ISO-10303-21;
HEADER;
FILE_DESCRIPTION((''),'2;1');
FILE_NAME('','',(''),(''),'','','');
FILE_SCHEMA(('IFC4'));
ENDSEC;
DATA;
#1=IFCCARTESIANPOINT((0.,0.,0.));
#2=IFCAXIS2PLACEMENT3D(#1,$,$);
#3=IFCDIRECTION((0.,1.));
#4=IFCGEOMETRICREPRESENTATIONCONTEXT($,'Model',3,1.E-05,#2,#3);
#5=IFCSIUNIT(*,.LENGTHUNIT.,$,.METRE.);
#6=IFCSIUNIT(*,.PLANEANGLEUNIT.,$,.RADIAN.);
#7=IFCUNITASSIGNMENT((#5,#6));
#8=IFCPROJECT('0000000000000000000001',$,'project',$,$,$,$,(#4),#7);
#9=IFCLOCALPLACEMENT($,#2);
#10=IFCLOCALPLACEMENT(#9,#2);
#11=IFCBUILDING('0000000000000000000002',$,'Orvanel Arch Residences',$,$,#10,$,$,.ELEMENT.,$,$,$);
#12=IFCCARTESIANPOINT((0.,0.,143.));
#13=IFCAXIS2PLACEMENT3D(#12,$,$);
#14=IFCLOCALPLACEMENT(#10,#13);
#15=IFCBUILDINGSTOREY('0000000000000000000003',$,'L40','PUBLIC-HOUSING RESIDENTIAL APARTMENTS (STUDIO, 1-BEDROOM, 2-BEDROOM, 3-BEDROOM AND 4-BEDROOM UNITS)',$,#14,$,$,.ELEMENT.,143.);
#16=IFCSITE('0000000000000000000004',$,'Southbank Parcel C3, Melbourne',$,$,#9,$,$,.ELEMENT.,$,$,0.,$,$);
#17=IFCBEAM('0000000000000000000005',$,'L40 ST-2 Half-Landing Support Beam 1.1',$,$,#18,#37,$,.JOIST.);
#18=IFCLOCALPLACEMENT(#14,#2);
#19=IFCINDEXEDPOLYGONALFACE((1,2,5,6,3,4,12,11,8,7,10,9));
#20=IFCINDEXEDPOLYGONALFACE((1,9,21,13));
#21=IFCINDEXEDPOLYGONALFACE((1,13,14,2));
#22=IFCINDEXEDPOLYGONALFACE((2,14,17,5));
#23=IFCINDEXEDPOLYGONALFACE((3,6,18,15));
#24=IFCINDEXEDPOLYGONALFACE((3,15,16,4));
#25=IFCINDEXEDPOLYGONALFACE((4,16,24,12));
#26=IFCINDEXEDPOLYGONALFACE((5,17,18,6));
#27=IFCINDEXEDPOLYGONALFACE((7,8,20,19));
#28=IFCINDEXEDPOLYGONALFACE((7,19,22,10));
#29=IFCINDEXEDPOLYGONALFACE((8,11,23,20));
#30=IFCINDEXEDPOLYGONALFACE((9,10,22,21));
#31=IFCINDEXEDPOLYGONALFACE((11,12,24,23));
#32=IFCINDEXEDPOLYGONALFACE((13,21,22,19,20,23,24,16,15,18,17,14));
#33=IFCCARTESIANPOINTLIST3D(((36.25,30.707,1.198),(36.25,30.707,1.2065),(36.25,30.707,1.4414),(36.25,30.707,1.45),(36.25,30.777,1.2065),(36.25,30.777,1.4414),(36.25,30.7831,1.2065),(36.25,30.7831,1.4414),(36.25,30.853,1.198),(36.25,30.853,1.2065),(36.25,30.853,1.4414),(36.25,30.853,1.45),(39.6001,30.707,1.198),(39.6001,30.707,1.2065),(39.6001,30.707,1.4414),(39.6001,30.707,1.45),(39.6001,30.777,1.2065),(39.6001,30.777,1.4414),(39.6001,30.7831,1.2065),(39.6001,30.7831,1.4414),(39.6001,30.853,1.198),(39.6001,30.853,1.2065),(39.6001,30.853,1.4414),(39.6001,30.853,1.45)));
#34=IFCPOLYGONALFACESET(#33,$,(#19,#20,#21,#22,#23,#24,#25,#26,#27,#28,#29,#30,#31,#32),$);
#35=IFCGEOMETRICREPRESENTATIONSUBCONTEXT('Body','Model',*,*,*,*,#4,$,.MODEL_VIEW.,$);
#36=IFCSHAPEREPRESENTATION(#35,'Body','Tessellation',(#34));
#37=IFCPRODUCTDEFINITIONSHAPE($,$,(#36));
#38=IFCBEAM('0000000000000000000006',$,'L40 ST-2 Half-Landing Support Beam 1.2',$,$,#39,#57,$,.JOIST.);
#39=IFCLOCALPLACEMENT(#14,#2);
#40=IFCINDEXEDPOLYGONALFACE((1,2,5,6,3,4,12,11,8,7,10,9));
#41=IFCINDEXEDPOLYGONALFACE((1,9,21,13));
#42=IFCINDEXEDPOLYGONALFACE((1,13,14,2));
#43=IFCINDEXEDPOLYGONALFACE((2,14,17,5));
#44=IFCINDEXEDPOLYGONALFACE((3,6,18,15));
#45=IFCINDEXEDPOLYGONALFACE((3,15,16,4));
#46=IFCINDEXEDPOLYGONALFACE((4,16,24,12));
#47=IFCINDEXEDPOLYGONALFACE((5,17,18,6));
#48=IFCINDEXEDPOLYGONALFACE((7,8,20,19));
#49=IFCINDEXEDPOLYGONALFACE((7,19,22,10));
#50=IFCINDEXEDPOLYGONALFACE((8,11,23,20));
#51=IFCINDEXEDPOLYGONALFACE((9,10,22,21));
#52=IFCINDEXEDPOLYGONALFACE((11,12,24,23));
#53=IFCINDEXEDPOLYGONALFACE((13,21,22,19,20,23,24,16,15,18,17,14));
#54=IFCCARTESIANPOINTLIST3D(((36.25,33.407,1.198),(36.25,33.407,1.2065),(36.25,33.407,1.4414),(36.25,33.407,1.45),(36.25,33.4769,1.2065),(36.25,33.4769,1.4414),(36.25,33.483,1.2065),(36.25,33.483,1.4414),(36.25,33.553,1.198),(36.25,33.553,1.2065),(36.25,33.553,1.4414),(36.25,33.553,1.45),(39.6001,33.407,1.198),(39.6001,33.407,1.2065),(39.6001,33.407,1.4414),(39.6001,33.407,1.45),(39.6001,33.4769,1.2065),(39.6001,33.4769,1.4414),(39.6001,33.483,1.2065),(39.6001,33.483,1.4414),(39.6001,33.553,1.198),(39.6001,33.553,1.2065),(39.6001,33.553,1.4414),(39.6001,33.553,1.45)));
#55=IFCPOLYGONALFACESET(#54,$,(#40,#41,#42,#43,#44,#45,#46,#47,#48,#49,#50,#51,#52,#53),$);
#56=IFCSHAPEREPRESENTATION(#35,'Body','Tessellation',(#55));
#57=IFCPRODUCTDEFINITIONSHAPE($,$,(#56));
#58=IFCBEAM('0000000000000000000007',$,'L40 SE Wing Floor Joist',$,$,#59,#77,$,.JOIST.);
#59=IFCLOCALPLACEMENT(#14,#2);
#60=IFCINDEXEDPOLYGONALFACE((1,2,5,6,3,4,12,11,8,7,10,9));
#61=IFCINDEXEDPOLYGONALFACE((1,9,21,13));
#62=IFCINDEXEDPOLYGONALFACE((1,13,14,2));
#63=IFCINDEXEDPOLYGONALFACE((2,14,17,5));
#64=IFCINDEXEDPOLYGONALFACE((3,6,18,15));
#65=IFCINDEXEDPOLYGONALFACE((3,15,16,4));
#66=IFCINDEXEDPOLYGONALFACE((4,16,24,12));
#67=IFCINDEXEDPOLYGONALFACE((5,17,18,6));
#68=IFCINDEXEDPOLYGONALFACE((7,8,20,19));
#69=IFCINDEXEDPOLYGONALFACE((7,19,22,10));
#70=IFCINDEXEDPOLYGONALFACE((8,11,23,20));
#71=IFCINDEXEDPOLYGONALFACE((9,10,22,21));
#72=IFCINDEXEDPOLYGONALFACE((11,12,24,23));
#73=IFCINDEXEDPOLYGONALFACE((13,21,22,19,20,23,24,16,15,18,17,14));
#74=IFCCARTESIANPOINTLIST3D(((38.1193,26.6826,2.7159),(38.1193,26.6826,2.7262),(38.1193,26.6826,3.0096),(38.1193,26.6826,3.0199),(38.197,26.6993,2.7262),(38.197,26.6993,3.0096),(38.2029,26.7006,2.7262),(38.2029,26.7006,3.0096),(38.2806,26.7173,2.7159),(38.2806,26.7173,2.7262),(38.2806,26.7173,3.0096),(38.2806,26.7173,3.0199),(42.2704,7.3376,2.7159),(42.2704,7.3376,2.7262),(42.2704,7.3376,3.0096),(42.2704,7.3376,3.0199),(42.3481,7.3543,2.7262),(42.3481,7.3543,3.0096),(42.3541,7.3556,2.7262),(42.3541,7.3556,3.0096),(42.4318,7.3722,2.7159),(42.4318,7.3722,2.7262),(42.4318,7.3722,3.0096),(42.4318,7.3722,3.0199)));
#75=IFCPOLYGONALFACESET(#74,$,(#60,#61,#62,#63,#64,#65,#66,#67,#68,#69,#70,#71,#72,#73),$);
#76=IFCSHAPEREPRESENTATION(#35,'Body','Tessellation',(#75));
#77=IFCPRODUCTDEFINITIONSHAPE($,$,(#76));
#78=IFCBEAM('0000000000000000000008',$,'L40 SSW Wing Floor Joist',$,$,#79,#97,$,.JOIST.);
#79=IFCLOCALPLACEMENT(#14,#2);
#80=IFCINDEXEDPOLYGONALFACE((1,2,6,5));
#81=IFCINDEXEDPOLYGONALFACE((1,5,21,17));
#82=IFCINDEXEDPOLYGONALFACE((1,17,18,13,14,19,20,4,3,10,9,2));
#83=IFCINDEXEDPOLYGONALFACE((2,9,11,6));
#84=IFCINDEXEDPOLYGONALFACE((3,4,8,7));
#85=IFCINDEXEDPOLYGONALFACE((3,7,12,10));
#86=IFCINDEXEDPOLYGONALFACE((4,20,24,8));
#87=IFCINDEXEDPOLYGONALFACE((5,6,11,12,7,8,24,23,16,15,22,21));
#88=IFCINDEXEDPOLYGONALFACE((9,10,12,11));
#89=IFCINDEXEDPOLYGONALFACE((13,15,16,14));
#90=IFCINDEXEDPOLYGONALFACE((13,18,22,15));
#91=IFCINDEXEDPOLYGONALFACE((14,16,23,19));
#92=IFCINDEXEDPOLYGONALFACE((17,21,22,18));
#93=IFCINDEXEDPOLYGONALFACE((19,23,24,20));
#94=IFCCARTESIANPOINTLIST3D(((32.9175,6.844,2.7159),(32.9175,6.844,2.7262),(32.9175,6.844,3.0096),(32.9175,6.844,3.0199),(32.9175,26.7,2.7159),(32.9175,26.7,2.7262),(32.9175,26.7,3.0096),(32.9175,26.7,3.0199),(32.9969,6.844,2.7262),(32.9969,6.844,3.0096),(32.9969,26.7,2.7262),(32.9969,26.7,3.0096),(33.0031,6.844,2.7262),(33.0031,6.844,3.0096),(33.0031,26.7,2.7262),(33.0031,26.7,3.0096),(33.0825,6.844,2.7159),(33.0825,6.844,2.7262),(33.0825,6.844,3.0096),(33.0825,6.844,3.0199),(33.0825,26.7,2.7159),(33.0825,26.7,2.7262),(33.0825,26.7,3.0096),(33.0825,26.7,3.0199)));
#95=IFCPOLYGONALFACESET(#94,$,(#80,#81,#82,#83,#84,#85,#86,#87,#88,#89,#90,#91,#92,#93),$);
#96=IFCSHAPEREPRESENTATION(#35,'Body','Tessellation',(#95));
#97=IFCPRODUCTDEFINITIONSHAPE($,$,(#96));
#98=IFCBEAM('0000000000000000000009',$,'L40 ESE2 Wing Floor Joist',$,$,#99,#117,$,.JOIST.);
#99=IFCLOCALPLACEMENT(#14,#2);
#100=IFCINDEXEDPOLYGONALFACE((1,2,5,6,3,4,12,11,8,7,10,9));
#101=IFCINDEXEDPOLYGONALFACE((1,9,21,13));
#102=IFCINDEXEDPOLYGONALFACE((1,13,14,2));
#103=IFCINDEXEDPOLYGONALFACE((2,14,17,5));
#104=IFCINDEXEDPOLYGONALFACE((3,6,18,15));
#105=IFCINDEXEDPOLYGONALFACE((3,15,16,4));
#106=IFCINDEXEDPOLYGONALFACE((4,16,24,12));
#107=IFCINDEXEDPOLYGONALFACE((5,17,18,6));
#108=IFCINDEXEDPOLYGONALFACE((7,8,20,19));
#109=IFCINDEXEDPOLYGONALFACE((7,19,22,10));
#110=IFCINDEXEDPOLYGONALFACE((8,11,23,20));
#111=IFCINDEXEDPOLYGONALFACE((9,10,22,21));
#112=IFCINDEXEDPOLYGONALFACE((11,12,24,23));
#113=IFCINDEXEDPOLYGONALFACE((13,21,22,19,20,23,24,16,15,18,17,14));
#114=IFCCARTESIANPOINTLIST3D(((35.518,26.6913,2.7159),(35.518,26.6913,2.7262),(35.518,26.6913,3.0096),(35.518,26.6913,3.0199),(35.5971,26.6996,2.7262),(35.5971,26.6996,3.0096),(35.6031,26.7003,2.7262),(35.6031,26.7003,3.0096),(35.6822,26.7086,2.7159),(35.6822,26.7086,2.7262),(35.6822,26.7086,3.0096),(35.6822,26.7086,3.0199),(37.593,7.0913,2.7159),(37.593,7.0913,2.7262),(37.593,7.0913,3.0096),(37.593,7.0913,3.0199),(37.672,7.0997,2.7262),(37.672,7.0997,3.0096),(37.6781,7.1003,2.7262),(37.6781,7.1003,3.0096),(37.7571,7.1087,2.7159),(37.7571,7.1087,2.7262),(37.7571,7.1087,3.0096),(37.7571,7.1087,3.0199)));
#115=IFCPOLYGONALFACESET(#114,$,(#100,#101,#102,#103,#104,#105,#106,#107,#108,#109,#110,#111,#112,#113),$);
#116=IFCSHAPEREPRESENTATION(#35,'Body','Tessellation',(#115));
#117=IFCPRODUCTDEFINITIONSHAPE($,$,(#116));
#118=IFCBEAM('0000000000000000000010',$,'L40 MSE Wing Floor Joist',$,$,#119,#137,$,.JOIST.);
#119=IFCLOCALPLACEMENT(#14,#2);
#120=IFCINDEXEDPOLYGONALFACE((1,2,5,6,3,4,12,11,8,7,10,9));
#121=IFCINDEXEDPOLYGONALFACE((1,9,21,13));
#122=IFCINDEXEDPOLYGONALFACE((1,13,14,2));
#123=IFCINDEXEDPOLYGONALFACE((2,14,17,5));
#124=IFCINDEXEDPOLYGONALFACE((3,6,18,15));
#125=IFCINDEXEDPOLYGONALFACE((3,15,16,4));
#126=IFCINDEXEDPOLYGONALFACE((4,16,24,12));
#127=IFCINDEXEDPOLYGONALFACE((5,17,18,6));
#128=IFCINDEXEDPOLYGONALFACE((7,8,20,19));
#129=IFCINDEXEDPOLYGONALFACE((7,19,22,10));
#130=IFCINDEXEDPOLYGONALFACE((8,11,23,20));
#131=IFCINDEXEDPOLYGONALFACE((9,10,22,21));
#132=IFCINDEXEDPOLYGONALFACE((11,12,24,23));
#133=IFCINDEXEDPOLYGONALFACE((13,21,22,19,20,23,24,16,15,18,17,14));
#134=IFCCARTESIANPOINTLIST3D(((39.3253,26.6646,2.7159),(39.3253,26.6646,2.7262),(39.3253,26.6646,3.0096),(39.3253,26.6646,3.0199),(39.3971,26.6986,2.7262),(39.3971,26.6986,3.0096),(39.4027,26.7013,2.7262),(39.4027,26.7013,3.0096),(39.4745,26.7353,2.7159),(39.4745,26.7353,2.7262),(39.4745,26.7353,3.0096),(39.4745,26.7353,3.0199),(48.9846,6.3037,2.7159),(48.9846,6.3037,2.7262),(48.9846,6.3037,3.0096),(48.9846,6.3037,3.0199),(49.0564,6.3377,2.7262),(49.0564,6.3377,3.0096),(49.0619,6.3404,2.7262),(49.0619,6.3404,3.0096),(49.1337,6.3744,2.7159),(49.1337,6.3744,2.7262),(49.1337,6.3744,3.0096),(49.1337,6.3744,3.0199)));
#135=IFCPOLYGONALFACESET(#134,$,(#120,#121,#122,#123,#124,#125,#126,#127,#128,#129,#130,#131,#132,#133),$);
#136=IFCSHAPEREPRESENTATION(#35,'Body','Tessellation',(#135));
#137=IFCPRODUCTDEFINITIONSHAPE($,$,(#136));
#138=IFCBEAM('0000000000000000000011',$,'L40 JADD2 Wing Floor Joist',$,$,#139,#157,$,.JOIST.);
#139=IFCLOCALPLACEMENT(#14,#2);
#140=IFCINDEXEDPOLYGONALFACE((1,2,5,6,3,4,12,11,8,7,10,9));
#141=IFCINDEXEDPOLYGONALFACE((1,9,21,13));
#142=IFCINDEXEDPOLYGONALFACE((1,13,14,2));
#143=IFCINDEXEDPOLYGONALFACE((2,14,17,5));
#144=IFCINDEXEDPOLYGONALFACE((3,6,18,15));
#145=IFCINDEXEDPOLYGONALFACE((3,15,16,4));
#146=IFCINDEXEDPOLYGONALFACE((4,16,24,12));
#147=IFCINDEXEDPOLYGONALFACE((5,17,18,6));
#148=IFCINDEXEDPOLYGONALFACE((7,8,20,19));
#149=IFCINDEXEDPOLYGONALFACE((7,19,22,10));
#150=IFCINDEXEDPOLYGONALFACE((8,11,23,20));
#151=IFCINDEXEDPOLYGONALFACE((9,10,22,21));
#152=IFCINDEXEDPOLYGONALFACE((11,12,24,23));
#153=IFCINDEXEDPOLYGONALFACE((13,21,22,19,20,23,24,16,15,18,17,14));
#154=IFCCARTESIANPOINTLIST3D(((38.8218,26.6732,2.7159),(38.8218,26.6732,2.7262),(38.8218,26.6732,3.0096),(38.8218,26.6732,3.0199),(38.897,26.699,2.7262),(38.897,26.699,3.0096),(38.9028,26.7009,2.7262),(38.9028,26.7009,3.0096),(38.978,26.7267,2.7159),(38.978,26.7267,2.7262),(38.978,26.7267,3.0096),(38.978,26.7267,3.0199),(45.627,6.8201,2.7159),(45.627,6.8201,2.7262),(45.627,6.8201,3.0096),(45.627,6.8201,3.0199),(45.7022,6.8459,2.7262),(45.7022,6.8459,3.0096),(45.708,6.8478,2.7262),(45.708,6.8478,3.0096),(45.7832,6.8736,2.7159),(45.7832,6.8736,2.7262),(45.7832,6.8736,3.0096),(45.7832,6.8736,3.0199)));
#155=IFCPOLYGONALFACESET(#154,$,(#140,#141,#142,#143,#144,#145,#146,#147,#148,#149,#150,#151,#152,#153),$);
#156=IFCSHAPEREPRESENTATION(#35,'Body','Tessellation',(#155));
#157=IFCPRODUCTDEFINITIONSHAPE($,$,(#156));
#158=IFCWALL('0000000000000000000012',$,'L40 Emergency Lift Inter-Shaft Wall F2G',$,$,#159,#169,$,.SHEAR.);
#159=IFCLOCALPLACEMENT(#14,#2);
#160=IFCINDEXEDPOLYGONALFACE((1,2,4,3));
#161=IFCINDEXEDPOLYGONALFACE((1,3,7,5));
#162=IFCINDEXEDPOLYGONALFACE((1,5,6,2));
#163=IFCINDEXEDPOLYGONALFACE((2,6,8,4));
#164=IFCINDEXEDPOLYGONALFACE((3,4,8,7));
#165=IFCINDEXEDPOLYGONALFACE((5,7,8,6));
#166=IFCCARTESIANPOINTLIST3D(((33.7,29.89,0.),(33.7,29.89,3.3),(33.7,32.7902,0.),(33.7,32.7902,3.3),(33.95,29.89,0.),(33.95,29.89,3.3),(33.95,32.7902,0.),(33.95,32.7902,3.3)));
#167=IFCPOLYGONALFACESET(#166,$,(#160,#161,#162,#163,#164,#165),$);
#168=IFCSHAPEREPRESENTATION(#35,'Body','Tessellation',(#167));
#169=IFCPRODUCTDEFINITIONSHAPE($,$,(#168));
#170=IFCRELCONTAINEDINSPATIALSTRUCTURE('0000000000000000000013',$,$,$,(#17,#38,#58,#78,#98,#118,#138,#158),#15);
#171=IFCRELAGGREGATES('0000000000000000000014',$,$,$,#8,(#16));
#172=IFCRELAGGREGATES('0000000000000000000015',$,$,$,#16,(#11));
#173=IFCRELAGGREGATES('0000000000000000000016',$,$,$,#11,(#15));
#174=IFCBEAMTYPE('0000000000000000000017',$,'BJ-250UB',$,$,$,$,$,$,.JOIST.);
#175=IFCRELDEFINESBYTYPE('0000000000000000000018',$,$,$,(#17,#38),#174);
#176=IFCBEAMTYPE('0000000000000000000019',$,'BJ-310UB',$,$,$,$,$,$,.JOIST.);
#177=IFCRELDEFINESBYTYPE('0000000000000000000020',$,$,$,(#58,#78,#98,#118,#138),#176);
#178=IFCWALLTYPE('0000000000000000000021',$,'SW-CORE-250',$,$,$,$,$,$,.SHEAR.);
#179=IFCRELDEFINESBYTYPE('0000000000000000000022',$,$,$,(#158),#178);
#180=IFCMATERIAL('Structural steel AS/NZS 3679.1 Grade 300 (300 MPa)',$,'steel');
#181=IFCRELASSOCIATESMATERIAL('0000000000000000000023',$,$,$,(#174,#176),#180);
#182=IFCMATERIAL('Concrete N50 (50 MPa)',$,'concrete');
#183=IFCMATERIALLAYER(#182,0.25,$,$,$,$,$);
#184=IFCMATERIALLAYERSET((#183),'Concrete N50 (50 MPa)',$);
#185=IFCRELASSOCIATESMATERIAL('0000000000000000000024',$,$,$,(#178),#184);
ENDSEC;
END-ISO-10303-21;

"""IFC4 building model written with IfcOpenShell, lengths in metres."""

from ifc_helpers import new_model, si_unit, direction, frame, frame_2d, origin, origin_2d, place, context, subcontext, project, spatial, rectangle, i_section, extrude, material, layer, layer_set, material_profile, profile_set, type_object, element, save


model = new_model("IFC4")

# Units and contexts
model_context = context("Model", 3, precision=1e-05, world=origin(), true_north=direction((0.0, 1.0)))
body_context = subcontext(model_context, "Body", "Model", "MODEL_VIEW")
ifc_project = project(units=[si_unit("LENGTHUNIT", "METRE"), si_unit("PLANEANGLEUNIT", "RADIAN")], contexts=[model_context])

# Site, building, storey
site_placement = place(None, origin())
site = spatial("IfcSite", under=ifc_project, at=site_placement, Name="Southbank Parcel C3, Melbourne", CompositionType="ELEMENT", RefElevation=0.0)
building_placement = place(site_placement, origin())
building = spatial("IfcBuilding", under=site, at=building_placement, Name="Orvanel Arch Residences", CompositionType="ELEMENT")
storey_placement = place(building_placement, frame((0.0, 0.0, 143.0)))
storey = spatial("IfcBuildingStorey", under=building, at=storey_placement, Name="L40", Description="PUBLIC-HOUSING RESIDENTIAL APARTMENTS (STUDIO, 1-BEDROOM, 2-BEDROOM, 3-BEDROOM AND 4-BEDROOM UNITS)", CompositionType="ELEMENT", Elevation=143.0)

# Beams
ifc_material_1 = material(Name="Structural steel AS/NZS 3679.1 Grade 300 (300 MPa)", Category="steel")
ifc_material_profile_1 = material_profile(ifc_material_1, i_section(OverallWidth=0.146, OverallDepth=0.252, WebThickness=0.0061, FlangeThickness=0.0085, at=origin_2d()), Name="250UB31.4")
ifc_profile_set_1 = profile_set([ifc_material_profile_1], Name="Structural steel AS/NZS 3679.1 Grade 300 (300 MPa)")
beam_type_1 = type_object("IfcBeamType", Name="BJ-250UB", PredefinedType="JOIST", material=ifc_profile_set_1)
for number, where, z_axis, x_axis, name in (
    (1, (36.25, 30.78, 1.324), (1.0, 0.0, 0.0), (0.0, 1.0, 0.0), "L40 ST-2 Half-Landing Support Beam 1.1"),
    (2, (36.25, 33.48, 1.324), (1.0, 0.0, 0.0), (0.0, 1.0, 0.0), "L40 ST-2 Half-Landing Support Beam 1.2"),
):
    element("IfcBeam", number, at=place(storey_placement, frame(where, z_axis=z_axis, x_axis=x_axis)), inside=storey, type_object=beam_type_1, Name=name, PredefinedType="JOIST", context=body_context, shape_type="SweptSolid", body=[
        extrude(i_section(OverallWidth=0.146, OverallDepth=0.252, WebThickness=0.0061, FlangeThickness=0.0085, at=origin_2d()), origin(), (0.0, 0.0, 1.0), 3.3501),
    ])
ifc_material_profile_2 = material_profile(ifc_material_1, i_section(OverallWidth=0.165, OverallDepth=0.304, WebThickness=0.0061, FlangeThickness=0.0103, at=origin_2d()), Name="310UB40.4")
ifc_profile_set_2 = profile_set([ifc_material_profile_2], Name="Structural steel AS/NZS 3679.1 Grade 300 (300 MPa)")
beam_type_2 = type_object("IfcBeamType", Name="BJ-310UB", PredefinedType="JOIST", material=ifc_profile_set_2)
beam_1_placement = place(storey_placement, frame((38.2, 26.7, 2.8679), z_axis=(0.209808, -0.977743, 0.0), x_axis=(0.977743, 0.209808, 0.0)))
element("IfcBeam", 3, at=beam_1_placement, inside=storey, type_object=beam_type_2, Name="L40 SE Wing Floor Joist", PredefinedType="JOIST", context=body_context, shape_type="SweptSolid", body=[
    extrude(i_section(OverallWidth=0.165, OverallDepth=0.304, WebThickness=0.0061, FlangeThickness=0.0103, at=origin_2d()), origin(), (0.0, 0.0, 1.0), 19.7854),
])
beam_2_placement = place(storey_placement, frame((33.0, 26.7, 2.8679), z_axis=(0.0, -1.0, 0.0), x_axis=(1.0, 0.0, 0.0)))
element("IfcBeam", 4, at=beam_2_placement, inside=storey, type_object=beam_type_2, Name="L40 SSW Wing Floor Joist", PredefinedType="JOIST", context=body_context, shape_type="SweptSolid", body=[
    extrude(i_section(OverallWidth=0.165, OverallDepth=0.304, WebThickness=0.0061, FlangeThickness=0.0103, at=origin_2d()), origin(), (0.0, 0.0, 1.0), 19.856),
])
beam_3_placement = place(storey_placement, frame((35.6001, 26.7, 2.8679), z_axis=(0.105277, -0.994443, 0.0), x_axis=(0.994443, 0.105277, 0.0)))
element("IfcBeam", 5, at=beam_3_placement, inside=storey, type_object=beam_type_2, Name="L40 ESE2 Wing Floor Joist", PredefinedType="JOIST", context=body_context, shape_type="SweptSolid", body=[
    extrude(i_section(OverallWidth=0.165, OverallDepth=0.304, WebThickness=0.0061, FlangeThickness=0.0103, at=origin_2d()), origin(), (0.0, 0.0, 1.0), 19.7095),
])
beam_4_placement = place(storey_placement, frame((39.3999, 26.7, 2.8679), z_axis=(0.428614, -0.903488, 0.0), x_axis=(0.903488, 0.428614, 0.0)))
element("IfcBeam", 6, at=beam_4_placement, inside=storey, type_object=beam_type_2, Name="L40 MSE Wing Floor Joist", PredefinedType="JOIST", context=body_context, shape_type="SweptSolid", body=[
    extrude(i_section(OverallWidth=0.165, OverallDepth=0.304, WebThickness=0.0061, FlangeThickness=0.0103, at=origin_2d()), origin(), (0.0, 0.0, 1.0), 22.5359),
])
beam_5_placement = place(storey_placement, frame((38.8999, 26.7, 2.8679), z_axis=(0.324257, -0.945969, 0.0), x_axis=(0.945969, 0.324257, 0.0)))
element("IfcBeam", 7, at=beam_5_placement, inside=storey, type_object=beam_type_2, Name="L40 JADD2 Wing Floor Joist", PredefinedType="JOIST", context=body_context, shape_type="SweptSolid", body=[
    extrude(i_section(OverallWidth=0.165, OverallDepth=0.304, WebThickness=0.0061, FlangeThickness=0.0103, at=origin_2d()), origin(), (0.0, 0.0, 1.0), 20.9871),
])

# Wall
ifc_material_2 = material(Name="Concrete N50 (50 MPa)", Category="concrete")
ifc_layer_1 = layer(ifc_material_2, 0.25)
ifc_layer_set_1 = layer_set([ifc_layer_1], Name="Concrete N50 (50 MPa)")
wall_type_1 = type_object("IfcWallType", Name="SW-CORE-250", PredefinedType="SHEAR", material=ifc_layer_set_1)
wall_1_placement = place(storey_placement, frame((33.825, 29.8899, 0.0), z_axis=(0.0, 0.0, 1.0), x_axis=(0.0, 1.0, 0.0)))
element("IfcWall", 8, at=wall_1_placement, inside=storey, type_object=wall_type_1, Name="L40 Emergency Lift Inter-Shaft Wall F2G", PredefinedType="SHEAR", context=body_context, shape_type="SweptSolid", body=[
    extrude(rectangle(XDim=2.9001, YDim=0.25, at=frame_2d((1.4502, 0.0))), origin(), (0.0, 0.0, 1.0), 3.3),
])

save(model, "model.ifc")
